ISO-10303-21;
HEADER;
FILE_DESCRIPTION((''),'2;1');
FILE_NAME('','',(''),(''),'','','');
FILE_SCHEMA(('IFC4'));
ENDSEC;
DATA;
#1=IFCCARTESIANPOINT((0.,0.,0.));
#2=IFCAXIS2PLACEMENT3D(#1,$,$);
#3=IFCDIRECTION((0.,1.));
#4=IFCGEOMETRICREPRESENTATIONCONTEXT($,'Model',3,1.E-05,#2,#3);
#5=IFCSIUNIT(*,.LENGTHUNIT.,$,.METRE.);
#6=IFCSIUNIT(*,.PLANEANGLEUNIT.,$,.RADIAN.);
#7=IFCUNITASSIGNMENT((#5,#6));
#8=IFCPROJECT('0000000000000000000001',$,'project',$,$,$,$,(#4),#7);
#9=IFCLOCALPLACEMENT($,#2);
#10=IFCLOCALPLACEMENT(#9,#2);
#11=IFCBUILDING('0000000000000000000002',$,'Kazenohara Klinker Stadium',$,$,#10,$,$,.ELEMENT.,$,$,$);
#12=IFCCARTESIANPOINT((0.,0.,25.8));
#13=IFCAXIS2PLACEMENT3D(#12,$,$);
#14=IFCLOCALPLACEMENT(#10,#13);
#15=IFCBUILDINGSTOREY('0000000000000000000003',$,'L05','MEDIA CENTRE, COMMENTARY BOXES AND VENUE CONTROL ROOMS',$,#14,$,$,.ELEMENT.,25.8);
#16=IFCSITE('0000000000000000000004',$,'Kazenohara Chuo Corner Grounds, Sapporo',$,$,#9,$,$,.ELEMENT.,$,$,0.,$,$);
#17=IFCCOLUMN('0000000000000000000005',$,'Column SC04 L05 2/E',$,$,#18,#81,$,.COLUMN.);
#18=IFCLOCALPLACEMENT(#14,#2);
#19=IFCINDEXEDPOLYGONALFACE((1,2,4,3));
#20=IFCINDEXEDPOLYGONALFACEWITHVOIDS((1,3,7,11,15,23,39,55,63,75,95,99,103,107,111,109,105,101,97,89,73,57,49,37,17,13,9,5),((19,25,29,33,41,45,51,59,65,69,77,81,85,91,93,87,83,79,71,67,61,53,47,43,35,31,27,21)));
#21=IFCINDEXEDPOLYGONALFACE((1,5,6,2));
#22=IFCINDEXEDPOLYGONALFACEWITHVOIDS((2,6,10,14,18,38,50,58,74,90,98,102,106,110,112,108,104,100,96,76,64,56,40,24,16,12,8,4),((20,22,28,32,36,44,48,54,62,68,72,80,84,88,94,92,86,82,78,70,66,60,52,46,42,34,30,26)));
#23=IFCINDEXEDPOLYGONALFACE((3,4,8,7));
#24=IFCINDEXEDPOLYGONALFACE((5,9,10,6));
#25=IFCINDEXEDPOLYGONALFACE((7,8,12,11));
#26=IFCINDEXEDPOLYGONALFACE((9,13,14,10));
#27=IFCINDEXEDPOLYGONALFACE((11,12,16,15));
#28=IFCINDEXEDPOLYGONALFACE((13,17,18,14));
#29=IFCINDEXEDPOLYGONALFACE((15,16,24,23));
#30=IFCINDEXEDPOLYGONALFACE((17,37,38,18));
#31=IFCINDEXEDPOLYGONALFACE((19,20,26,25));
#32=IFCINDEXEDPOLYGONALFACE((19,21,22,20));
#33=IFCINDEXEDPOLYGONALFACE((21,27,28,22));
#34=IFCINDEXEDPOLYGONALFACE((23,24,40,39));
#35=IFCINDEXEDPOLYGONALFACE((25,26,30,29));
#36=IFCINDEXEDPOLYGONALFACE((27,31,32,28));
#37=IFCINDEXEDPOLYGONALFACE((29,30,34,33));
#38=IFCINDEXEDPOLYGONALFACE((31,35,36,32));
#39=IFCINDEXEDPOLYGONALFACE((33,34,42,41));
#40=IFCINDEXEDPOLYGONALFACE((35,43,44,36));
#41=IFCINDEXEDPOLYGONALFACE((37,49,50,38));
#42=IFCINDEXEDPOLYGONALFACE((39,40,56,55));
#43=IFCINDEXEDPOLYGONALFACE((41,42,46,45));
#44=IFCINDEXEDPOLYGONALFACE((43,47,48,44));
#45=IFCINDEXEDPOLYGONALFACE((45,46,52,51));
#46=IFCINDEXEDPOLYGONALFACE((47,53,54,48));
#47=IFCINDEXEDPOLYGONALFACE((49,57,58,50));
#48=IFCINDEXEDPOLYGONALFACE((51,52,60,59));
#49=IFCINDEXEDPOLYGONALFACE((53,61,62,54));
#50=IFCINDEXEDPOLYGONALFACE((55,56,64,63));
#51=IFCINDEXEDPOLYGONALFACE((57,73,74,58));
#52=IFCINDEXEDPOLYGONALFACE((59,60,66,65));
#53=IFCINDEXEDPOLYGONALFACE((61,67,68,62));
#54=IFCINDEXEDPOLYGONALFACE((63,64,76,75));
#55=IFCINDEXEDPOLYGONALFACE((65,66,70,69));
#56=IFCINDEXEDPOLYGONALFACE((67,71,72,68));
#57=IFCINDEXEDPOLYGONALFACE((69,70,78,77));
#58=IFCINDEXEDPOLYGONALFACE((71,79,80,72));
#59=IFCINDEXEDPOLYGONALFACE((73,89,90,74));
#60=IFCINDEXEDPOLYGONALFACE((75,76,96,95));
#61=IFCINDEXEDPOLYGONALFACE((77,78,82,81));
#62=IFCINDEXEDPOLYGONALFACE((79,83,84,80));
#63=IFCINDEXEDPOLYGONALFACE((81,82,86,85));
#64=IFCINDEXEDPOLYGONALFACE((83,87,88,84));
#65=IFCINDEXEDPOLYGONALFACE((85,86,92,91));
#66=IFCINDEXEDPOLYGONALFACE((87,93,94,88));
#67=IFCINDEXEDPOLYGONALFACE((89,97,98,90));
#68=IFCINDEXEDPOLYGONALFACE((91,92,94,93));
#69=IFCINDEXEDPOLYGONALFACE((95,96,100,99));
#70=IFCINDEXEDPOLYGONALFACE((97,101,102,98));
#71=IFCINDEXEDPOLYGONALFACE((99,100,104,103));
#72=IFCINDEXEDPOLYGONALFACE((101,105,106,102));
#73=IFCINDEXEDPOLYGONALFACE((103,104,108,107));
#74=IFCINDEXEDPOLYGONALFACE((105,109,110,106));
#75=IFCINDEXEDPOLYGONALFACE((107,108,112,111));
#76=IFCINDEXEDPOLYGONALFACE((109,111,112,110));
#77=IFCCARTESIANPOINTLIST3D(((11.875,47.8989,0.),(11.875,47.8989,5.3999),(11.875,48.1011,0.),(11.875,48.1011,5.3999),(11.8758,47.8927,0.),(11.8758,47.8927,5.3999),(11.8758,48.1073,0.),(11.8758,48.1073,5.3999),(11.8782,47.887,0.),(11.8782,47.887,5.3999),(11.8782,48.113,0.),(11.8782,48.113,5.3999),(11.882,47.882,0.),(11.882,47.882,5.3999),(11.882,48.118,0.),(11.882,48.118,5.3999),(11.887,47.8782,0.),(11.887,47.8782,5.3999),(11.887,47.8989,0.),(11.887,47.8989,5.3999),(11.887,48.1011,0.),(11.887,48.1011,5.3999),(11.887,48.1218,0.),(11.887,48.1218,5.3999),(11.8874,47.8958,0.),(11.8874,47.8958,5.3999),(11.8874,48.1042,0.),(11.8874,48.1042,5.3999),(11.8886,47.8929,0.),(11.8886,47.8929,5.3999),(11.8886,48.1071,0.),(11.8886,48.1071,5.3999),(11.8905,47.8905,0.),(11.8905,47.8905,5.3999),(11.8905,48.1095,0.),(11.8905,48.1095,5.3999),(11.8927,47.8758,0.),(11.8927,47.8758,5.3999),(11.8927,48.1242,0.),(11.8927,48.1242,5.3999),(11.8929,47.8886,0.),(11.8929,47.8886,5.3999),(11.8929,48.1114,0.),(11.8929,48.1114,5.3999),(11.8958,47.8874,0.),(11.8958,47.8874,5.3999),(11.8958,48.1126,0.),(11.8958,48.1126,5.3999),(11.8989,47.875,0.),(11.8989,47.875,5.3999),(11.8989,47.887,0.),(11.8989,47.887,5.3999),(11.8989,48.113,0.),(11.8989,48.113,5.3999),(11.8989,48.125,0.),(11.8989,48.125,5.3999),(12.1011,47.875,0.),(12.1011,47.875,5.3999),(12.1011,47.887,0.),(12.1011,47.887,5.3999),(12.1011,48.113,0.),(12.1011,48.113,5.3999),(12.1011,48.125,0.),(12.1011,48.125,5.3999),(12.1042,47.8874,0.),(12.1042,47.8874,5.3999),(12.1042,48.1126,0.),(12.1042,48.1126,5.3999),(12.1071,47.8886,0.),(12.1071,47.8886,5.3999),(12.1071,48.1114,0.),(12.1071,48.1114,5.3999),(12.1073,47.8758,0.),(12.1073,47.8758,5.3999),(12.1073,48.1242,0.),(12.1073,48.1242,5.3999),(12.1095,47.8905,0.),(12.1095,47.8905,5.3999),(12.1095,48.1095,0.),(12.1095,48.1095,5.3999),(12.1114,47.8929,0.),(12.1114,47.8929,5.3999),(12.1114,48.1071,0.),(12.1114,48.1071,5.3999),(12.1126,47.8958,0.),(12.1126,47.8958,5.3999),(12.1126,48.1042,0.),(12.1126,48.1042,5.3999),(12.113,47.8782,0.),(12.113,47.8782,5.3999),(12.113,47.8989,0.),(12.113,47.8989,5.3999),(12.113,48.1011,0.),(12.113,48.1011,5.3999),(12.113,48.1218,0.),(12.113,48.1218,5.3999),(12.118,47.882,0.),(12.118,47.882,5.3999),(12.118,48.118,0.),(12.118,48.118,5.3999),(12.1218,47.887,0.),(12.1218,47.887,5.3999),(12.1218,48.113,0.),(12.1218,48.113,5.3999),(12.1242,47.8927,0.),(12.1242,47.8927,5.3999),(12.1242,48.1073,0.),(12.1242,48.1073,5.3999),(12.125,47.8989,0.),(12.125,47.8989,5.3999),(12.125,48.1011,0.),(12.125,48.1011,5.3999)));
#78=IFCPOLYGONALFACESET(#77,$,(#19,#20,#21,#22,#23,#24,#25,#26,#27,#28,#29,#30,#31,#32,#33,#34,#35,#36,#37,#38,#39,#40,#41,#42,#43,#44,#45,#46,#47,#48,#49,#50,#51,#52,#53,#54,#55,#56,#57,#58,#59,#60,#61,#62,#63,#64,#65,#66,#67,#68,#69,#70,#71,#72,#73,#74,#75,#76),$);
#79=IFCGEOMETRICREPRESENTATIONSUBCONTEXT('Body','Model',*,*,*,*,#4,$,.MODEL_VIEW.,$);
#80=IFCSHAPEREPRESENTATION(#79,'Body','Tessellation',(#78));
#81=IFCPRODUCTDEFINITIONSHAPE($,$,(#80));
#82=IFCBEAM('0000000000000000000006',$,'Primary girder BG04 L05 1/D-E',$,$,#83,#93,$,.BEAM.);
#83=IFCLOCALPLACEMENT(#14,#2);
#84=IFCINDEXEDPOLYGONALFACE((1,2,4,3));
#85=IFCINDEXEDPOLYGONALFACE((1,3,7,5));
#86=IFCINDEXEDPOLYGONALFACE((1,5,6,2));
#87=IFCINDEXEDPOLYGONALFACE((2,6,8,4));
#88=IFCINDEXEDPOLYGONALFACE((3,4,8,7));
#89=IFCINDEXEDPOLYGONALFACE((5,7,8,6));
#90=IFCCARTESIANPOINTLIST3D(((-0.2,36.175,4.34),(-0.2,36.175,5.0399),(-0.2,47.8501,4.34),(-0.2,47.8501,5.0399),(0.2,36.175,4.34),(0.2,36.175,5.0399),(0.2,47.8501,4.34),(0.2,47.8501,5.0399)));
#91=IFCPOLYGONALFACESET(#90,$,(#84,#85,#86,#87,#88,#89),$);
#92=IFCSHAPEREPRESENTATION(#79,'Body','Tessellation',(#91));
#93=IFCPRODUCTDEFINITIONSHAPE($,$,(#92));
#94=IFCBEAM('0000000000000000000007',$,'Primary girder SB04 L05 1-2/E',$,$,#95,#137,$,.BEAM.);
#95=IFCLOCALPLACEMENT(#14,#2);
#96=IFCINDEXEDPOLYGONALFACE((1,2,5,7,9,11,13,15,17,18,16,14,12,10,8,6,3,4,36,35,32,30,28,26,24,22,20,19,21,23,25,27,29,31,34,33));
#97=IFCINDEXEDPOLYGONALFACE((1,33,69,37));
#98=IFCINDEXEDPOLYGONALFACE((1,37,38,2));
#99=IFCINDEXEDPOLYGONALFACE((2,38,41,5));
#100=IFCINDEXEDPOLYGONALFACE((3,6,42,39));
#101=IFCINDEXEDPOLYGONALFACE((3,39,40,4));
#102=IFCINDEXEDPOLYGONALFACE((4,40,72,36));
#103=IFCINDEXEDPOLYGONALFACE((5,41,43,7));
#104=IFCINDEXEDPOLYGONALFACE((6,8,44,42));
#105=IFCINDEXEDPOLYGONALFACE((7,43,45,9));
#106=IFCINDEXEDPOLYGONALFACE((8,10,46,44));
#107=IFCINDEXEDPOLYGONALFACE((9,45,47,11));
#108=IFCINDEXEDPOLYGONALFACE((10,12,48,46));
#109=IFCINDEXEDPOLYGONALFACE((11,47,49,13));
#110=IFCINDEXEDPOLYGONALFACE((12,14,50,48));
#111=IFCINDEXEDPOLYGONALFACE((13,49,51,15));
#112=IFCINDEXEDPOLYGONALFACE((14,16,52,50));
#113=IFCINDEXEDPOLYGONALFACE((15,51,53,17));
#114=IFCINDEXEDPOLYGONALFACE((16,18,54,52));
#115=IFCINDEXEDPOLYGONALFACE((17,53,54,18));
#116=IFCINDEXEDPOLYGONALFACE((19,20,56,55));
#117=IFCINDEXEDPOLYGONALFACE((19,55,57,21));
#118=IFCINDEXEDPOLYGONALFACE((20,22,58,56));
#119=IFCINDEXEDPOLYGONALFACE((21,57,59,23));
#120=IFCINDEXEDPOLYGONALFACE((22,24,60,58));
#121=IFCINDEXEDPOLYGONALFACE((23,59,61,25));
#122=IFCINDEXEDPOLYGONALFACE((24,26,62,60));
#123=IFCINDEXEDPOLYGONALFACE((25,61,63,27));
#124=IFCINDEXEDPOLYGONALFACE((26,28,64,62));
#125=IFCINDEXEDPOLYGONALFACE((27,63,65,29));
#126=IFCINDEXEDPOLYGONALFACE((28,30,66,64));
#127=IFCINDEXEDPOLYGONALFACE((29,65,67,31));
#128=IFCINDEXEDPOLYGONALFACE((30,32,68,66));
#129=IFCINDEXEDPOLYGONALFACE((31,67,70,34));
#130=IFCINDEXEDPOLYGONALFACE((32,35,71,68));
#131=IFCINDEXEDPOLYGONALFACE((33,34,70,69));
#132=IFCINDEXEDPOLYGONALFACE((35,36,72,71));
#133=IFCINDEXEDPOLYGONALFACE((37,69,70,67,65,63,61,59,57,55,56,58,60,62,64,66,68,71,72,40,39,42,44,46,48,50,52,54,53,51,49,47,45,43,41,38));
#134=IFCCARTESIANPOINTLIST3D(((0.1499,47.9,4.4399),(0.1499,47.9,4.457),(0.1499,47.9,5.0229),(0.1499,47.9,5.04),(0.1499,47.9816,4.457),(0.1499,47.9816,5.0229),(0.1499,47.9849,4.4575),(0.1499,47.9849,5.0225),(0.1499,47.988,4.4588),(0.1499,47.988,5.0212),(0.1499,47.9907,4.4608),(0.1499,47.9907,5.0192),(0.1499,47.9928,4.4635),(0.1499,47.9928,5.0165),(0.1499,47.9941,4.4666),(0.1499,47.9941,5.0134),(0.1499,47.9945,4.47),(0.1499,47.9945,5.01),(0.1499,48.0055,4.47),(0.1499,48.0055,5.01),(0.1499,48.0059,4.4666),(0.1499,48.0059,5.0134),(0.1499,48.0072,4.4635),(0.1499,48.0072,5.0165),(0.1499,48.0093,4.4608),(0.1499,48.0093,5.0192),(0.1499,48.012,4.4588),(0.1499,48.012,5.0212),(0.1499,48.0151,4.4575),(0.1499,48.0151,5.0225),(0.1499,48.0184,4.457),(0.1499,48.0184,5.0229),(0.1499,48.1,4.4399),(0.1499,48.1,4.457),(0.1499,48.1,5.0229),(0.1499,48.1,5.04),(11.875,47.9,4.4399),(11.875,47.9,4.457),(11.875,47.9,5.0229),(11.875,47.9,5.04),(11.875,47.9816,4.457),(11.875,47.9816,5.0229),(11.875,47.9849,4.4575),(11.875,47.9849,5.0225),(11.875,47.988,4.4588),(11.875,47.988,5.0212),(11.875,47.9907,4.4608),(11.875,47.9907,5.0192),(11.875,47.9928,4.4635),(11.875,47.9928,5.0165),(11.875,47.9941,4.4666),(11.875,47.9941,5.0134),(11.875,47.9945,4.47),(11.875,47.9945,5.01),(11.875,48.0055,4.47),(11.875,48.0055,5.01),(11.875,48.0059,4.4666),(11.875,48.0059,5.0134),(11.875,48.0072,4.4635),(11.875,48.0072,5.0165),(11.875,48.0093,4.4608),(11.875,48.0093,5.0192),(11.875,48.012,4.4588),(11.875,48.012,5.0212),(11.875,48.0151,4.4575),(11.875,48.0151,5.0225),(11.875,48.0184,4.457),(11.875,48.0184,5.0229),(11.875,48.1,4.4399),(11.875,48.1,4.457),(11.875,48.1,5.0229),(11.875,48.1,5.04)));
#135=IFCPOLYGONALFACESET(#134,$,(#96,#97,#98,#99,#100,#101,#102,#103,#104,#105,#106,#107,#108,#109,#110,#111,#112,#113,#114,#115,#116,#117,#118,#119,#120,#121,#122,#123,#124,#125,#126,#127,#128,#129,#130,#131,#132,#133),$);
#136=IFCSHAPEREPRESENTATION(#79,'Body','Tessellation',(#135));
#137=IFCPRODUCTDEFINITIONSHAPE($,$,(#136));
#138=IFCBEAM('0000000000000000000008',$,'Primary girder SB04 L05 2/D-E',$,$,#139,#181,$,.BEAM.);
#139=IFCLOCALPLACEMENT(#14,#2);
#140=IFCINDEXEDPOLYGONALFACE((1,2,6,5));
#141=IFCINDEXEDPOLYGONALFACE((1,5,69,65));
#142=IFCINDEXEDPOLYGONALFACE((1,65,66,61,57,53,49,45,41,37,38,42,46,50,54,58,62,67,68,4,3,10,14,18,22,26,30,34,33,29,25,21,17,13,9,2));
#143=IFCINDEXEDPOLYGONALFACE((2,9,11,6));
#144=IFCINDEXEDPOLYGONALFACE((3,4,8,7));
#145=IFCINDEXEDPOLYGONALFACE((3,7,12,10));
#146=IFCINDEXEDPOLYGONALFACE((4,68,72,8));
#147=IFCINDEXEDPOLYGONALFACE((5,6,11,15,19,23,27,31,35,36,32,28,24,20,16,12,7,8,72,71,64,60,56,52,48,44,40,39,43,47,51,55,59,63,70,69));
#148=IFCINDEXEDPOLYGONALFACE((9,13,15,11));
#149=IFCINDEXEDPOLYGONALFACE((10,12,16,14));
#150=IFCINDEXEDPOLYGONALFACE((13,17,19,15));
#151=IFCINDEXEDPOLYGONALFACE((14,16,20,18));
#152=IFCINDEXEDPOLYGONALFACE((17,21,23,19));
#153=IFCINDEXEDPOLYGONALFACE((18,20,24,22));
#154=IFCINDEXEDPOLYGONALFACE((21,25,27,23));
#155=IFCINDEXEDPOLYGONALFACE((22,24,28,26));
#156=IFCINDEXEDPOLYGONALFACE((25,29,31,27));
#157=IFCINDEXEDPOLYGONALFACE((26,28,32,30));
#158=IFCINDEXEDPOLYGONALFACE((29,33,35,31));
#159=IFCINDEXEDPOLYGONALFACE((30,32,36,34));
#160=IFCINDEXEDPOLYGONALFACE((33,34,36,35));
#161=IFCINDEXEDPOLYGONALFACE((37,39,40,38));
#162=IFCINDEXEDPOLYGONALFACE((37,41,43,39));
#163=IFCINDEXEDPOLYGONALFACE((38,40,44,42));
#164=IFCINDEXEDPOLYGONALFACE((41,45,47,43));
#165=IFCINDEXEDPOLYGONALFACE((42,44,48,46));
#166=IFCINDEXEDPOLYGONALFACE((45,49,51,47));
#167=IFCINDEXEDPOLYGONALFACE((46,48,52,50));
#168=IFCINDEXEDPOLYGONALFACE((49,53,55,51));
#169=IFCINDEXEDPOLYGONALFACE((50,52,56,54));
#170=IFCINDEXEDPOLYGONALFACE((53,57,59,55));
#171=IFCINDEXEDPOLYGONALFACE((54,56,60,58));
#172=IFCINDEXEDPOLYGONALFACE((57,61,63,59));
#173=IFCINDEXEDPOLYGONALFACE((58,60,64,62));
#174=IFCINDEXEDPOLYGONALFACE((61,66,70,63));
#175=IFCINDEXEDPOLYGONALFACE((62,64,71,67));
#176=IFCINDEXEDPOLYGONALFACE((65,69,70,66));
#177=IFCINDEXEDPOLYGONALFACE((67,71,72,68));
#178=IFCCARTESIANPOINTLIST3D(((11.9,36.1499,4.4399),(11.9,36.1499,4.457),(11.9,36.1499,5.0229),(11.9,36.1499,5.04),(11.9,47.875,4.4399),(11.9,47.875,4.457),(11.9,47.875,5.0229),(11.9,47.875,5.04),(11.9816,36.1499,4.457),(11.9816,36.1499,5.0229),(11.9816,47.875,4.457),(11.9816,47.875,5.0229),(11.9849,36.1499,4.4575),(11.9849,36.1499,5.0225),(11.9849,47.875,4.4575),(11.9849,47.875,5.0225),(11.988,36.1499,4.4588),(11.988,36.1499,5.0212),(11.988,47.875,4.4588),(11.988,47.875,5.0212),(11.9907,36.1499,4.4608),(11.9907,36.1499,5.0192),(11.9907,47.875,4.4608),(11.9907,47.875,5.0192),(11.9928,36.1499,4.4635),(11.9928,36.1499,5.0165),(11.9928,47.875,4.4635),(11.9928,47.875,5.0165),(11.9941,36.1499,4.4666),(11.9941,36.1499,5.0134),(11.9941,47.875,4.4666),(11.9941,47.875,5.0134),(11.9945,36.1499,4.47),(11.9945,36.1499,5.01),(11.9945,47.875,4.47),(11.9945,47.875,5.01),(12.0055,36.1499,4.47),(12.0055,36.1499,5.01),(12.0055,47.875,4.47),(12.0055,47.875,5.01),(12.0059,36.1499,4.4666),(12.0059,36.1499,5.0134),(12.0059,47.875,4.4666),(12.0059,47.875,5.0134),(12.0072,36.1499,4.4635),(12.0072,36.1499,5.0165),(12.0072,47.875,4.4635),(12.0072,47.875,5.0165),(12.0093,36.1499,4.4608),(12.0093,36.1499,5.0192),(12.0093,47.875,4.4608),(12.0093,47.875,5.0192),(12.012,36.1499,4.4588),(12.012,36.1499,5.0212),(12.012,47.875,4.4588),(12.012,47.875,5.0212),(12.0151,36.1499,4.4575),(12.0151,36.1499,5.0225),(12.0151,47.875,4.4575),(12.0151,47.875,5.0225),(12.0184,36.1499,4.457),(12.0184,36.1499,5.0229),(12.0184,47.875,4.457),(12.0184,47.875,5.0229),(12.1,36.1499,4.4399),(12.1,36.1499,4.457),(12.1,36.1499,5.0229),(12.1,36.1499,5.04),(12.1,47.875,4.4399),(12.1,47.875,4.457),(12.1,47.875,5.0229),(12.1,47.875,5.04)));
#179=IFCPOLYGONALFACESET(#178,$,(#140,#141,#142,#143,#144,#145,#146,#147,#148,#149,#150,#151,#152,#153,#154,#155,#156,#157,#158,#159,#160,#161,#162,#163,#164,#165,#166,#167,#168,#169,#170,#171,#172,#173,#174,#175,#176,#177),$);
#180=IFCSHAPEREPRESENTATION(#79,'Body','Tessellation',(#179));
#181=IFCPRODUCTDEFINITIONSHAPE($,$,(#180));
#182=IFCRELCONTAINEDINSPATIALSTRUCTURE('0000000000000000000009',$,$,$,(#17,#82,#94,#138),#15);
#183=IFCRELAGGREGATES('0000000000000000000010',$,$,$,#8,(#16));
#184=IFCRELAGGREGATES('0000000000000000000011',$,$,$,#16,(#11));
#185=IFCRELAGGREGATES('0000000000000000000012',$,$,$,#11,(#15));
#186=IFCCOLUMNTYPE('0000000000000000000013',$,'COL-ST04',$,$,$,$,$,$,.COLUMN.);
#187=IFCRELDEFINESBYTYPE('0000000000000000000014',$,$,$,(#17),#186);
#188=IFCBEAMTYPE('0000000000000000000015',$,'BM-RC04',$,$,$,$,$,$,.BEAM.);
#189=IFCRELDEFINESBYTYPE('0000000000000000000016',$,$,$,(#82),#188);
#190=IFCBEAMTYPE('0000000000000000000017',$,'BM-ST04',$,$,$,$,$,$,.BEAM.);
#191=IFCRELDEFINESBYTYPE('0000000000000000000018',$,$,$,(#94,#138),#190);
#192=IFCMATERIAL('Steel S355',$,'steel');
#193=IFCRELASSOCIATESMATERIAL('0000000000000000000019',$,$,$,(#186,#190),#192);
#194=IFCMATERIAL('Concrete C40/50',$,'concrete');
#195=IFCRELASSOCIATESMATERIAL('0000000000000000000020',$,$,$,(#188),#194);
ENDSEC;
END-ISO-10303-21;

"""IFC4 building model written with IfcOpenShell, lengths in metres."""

from ifc_helpers import new_model, si_unit, direction, frame, origin, origin_2d, place, context, subcontext, project, spatial, rectangle, hollow_rectangle, i_section, extrude, material, material_profile, profile_set, type_object, element, save


model = new_model("IFC4")

# Units and contexts
model_context = context("Model", 3, precision=1e-05, world=origin(), true_north=direction((0.0, 1.0)))
body_context = subcontext(model_context, "Body", "Model", "MODEL_VIEW")
ifc_project = project(units=[si_unit("LENGTHUNIT", "METRE"), si_unit("PLANEANGLEUNIT", "RADIAN")], contexts=[model_context])

# Site, building, storey
site_placement = place(None, origin())
site = spatial("IfcSite", under=ifc_project, at=site_placement, Name="Kazenohara Chuo Corner Grounds, Sapporo", CompositionType="ELEMENT", RefElevation=0.0)
building_placement = place(site_placement, origin())
building = spatial("IfcBuilding", under=site, at=building_placement, Name="Kazenohara Klinker Stadium", CompositionType="ELEMENT")
storey_placement = place(building_placement, frame((0.0, 0.0, 25.8)))
storey = spatial("IfcBuildingStorey", under=building, at=storey_placement, Name="L05", Description="MEDIA CENTRE, COMMENTARY BOXES AND VENUE CONTROL ROOMS", CompositionType="ELEMENT", Elevation=25.8)

# Column
ifc_material_1 = material(Name="Concrete C40/50", Category="concrete")
ifc_material_2 = material(Name="Steel S355", Category="steel")
ifc_material_profile_1 = material_profile(ifc_material_2, hollow_rectangle(XDim=0.25, YDim=0.25, WallThickness=0.012, InnerFilletRadius=0.012, OuterFilletRadius=0.0239, at=origin_2d()), Name="SHS-250x250x12")
ifc_profile_set_1 = profile_set([ifc_material_profile_1], Name="Steel S355")
column_type_1 = type_object("IfcColumnType", Name="COL-ST04", PredefinedType="COLUMN", material=ifc_profile_set_1)
for number, where, z_axis, x_axis, name in (
    (1, (12.0, 48.0, 0.0), (0.0, 0.0, 1.0), (1.0, 0.0, 0.0), "Column SC04 L05 2/E"),
):
    element("IfcColumn", number, at=place(storey_placement, frame(where, z_axis=z_axis, x_axis=x_axis)), inside=storey, type_object=column_type_1, Name=name, PredefinedType="COLUMN", context=body_context, shape_type="SweptSolid", body=[
        extrude(hollow_rectangle(XDim=0.25, YDim=0.25, WallThickness=0.012, InnerFilletRadius=0.012, OuterFilletRadius=0.0239, at=origin_2d()), origin(), (0.0, 0.0, 1.0), 5.3999),
    ])

# Beams
ifc_material_profile_2 = material_profile(ifc_material_1, rectangle(XDim=0.3999, YDim=0.7, at=origin_2d()), Name="RC-BM-400x700")
ifc_profile_set_2 = profile_set([ifc_material_profile_2], Name="Concrete C40/50")
beam_type_1 = type_object("IfcBeamType", Name="BM-RC04", PredefinedType="BEAM", material=ifc_profile_set_2)
beam_placement = place(storey_placement, frame((0.0, 36.175, 4.6899), z_axis=(0.0, 1.0, 0.0), x_axis=(-1.0, 0.0, 0.0)))
element("IfcBeam", 2, at=beam_placement, inside=storey, type_object=beam_type_1, Name="Primary girder BG04 L05 1/D-E", PredefinedType="BEAM", context=body_context, shape_type="SweptSolid", body=[
    extrude(rectangle(XDim=0.3999, YDim=0.7, at=origin_2d()), origin(), (0.0, 0.0, 1.0), 11.675),
])
ifc_material_profile_3 = material_profile(ifc_material_2, i_section(OverallWidth=0.2, OverallDepth=0.6001, WebThickness=0.011, FlangeThickness=0.0171, FilletRadius=0.0129, at=origin_2d()), Name="H-600x200x11x17")
ifc_profile_set_3 = profile_set([ifc_material_profile_3], Name="Steel S355")
beam_type_2 = type_object("IfcBeamType", Name="BM-ST04", PredefinedType="BEAM", material=ifc_profile_set_3)
for number, where, z_axis, x_axis, name in (
    (3, (0.1499, 48.0, 4.74), (1.0, 0.0, 0.0), (0.0, 1.0, 0.0), "Primary girder SB04 L05 1-2/E"),
    (4, (12.0, 36.1499, 4.74), (0.0, 1.0, 0.0), (-1.0, 0.0, 0.0), "Primary girder SB04 L05 2/D-E"),
):
    element("IfcBeam", number, at=place(storey_placement, frame(where, z_axis=z_axis, x_axis=x_axis)), inside=storey, type_object=beam_type_2, Name=name, PredefinedType="BEAM", context=body_context, shape_type="SweptSolid", body=[
        extrude(i_section(OverallWidth=0.2, OverallDepth=0.6001, WebThickness=0.011, FlangeThickness=0.0171, FilletRadius=0.0129, at=origin_2d()), origin(), (0.0, 0.0, 1.0), 11.7251),
    ])

save(model, "model.ifc")
